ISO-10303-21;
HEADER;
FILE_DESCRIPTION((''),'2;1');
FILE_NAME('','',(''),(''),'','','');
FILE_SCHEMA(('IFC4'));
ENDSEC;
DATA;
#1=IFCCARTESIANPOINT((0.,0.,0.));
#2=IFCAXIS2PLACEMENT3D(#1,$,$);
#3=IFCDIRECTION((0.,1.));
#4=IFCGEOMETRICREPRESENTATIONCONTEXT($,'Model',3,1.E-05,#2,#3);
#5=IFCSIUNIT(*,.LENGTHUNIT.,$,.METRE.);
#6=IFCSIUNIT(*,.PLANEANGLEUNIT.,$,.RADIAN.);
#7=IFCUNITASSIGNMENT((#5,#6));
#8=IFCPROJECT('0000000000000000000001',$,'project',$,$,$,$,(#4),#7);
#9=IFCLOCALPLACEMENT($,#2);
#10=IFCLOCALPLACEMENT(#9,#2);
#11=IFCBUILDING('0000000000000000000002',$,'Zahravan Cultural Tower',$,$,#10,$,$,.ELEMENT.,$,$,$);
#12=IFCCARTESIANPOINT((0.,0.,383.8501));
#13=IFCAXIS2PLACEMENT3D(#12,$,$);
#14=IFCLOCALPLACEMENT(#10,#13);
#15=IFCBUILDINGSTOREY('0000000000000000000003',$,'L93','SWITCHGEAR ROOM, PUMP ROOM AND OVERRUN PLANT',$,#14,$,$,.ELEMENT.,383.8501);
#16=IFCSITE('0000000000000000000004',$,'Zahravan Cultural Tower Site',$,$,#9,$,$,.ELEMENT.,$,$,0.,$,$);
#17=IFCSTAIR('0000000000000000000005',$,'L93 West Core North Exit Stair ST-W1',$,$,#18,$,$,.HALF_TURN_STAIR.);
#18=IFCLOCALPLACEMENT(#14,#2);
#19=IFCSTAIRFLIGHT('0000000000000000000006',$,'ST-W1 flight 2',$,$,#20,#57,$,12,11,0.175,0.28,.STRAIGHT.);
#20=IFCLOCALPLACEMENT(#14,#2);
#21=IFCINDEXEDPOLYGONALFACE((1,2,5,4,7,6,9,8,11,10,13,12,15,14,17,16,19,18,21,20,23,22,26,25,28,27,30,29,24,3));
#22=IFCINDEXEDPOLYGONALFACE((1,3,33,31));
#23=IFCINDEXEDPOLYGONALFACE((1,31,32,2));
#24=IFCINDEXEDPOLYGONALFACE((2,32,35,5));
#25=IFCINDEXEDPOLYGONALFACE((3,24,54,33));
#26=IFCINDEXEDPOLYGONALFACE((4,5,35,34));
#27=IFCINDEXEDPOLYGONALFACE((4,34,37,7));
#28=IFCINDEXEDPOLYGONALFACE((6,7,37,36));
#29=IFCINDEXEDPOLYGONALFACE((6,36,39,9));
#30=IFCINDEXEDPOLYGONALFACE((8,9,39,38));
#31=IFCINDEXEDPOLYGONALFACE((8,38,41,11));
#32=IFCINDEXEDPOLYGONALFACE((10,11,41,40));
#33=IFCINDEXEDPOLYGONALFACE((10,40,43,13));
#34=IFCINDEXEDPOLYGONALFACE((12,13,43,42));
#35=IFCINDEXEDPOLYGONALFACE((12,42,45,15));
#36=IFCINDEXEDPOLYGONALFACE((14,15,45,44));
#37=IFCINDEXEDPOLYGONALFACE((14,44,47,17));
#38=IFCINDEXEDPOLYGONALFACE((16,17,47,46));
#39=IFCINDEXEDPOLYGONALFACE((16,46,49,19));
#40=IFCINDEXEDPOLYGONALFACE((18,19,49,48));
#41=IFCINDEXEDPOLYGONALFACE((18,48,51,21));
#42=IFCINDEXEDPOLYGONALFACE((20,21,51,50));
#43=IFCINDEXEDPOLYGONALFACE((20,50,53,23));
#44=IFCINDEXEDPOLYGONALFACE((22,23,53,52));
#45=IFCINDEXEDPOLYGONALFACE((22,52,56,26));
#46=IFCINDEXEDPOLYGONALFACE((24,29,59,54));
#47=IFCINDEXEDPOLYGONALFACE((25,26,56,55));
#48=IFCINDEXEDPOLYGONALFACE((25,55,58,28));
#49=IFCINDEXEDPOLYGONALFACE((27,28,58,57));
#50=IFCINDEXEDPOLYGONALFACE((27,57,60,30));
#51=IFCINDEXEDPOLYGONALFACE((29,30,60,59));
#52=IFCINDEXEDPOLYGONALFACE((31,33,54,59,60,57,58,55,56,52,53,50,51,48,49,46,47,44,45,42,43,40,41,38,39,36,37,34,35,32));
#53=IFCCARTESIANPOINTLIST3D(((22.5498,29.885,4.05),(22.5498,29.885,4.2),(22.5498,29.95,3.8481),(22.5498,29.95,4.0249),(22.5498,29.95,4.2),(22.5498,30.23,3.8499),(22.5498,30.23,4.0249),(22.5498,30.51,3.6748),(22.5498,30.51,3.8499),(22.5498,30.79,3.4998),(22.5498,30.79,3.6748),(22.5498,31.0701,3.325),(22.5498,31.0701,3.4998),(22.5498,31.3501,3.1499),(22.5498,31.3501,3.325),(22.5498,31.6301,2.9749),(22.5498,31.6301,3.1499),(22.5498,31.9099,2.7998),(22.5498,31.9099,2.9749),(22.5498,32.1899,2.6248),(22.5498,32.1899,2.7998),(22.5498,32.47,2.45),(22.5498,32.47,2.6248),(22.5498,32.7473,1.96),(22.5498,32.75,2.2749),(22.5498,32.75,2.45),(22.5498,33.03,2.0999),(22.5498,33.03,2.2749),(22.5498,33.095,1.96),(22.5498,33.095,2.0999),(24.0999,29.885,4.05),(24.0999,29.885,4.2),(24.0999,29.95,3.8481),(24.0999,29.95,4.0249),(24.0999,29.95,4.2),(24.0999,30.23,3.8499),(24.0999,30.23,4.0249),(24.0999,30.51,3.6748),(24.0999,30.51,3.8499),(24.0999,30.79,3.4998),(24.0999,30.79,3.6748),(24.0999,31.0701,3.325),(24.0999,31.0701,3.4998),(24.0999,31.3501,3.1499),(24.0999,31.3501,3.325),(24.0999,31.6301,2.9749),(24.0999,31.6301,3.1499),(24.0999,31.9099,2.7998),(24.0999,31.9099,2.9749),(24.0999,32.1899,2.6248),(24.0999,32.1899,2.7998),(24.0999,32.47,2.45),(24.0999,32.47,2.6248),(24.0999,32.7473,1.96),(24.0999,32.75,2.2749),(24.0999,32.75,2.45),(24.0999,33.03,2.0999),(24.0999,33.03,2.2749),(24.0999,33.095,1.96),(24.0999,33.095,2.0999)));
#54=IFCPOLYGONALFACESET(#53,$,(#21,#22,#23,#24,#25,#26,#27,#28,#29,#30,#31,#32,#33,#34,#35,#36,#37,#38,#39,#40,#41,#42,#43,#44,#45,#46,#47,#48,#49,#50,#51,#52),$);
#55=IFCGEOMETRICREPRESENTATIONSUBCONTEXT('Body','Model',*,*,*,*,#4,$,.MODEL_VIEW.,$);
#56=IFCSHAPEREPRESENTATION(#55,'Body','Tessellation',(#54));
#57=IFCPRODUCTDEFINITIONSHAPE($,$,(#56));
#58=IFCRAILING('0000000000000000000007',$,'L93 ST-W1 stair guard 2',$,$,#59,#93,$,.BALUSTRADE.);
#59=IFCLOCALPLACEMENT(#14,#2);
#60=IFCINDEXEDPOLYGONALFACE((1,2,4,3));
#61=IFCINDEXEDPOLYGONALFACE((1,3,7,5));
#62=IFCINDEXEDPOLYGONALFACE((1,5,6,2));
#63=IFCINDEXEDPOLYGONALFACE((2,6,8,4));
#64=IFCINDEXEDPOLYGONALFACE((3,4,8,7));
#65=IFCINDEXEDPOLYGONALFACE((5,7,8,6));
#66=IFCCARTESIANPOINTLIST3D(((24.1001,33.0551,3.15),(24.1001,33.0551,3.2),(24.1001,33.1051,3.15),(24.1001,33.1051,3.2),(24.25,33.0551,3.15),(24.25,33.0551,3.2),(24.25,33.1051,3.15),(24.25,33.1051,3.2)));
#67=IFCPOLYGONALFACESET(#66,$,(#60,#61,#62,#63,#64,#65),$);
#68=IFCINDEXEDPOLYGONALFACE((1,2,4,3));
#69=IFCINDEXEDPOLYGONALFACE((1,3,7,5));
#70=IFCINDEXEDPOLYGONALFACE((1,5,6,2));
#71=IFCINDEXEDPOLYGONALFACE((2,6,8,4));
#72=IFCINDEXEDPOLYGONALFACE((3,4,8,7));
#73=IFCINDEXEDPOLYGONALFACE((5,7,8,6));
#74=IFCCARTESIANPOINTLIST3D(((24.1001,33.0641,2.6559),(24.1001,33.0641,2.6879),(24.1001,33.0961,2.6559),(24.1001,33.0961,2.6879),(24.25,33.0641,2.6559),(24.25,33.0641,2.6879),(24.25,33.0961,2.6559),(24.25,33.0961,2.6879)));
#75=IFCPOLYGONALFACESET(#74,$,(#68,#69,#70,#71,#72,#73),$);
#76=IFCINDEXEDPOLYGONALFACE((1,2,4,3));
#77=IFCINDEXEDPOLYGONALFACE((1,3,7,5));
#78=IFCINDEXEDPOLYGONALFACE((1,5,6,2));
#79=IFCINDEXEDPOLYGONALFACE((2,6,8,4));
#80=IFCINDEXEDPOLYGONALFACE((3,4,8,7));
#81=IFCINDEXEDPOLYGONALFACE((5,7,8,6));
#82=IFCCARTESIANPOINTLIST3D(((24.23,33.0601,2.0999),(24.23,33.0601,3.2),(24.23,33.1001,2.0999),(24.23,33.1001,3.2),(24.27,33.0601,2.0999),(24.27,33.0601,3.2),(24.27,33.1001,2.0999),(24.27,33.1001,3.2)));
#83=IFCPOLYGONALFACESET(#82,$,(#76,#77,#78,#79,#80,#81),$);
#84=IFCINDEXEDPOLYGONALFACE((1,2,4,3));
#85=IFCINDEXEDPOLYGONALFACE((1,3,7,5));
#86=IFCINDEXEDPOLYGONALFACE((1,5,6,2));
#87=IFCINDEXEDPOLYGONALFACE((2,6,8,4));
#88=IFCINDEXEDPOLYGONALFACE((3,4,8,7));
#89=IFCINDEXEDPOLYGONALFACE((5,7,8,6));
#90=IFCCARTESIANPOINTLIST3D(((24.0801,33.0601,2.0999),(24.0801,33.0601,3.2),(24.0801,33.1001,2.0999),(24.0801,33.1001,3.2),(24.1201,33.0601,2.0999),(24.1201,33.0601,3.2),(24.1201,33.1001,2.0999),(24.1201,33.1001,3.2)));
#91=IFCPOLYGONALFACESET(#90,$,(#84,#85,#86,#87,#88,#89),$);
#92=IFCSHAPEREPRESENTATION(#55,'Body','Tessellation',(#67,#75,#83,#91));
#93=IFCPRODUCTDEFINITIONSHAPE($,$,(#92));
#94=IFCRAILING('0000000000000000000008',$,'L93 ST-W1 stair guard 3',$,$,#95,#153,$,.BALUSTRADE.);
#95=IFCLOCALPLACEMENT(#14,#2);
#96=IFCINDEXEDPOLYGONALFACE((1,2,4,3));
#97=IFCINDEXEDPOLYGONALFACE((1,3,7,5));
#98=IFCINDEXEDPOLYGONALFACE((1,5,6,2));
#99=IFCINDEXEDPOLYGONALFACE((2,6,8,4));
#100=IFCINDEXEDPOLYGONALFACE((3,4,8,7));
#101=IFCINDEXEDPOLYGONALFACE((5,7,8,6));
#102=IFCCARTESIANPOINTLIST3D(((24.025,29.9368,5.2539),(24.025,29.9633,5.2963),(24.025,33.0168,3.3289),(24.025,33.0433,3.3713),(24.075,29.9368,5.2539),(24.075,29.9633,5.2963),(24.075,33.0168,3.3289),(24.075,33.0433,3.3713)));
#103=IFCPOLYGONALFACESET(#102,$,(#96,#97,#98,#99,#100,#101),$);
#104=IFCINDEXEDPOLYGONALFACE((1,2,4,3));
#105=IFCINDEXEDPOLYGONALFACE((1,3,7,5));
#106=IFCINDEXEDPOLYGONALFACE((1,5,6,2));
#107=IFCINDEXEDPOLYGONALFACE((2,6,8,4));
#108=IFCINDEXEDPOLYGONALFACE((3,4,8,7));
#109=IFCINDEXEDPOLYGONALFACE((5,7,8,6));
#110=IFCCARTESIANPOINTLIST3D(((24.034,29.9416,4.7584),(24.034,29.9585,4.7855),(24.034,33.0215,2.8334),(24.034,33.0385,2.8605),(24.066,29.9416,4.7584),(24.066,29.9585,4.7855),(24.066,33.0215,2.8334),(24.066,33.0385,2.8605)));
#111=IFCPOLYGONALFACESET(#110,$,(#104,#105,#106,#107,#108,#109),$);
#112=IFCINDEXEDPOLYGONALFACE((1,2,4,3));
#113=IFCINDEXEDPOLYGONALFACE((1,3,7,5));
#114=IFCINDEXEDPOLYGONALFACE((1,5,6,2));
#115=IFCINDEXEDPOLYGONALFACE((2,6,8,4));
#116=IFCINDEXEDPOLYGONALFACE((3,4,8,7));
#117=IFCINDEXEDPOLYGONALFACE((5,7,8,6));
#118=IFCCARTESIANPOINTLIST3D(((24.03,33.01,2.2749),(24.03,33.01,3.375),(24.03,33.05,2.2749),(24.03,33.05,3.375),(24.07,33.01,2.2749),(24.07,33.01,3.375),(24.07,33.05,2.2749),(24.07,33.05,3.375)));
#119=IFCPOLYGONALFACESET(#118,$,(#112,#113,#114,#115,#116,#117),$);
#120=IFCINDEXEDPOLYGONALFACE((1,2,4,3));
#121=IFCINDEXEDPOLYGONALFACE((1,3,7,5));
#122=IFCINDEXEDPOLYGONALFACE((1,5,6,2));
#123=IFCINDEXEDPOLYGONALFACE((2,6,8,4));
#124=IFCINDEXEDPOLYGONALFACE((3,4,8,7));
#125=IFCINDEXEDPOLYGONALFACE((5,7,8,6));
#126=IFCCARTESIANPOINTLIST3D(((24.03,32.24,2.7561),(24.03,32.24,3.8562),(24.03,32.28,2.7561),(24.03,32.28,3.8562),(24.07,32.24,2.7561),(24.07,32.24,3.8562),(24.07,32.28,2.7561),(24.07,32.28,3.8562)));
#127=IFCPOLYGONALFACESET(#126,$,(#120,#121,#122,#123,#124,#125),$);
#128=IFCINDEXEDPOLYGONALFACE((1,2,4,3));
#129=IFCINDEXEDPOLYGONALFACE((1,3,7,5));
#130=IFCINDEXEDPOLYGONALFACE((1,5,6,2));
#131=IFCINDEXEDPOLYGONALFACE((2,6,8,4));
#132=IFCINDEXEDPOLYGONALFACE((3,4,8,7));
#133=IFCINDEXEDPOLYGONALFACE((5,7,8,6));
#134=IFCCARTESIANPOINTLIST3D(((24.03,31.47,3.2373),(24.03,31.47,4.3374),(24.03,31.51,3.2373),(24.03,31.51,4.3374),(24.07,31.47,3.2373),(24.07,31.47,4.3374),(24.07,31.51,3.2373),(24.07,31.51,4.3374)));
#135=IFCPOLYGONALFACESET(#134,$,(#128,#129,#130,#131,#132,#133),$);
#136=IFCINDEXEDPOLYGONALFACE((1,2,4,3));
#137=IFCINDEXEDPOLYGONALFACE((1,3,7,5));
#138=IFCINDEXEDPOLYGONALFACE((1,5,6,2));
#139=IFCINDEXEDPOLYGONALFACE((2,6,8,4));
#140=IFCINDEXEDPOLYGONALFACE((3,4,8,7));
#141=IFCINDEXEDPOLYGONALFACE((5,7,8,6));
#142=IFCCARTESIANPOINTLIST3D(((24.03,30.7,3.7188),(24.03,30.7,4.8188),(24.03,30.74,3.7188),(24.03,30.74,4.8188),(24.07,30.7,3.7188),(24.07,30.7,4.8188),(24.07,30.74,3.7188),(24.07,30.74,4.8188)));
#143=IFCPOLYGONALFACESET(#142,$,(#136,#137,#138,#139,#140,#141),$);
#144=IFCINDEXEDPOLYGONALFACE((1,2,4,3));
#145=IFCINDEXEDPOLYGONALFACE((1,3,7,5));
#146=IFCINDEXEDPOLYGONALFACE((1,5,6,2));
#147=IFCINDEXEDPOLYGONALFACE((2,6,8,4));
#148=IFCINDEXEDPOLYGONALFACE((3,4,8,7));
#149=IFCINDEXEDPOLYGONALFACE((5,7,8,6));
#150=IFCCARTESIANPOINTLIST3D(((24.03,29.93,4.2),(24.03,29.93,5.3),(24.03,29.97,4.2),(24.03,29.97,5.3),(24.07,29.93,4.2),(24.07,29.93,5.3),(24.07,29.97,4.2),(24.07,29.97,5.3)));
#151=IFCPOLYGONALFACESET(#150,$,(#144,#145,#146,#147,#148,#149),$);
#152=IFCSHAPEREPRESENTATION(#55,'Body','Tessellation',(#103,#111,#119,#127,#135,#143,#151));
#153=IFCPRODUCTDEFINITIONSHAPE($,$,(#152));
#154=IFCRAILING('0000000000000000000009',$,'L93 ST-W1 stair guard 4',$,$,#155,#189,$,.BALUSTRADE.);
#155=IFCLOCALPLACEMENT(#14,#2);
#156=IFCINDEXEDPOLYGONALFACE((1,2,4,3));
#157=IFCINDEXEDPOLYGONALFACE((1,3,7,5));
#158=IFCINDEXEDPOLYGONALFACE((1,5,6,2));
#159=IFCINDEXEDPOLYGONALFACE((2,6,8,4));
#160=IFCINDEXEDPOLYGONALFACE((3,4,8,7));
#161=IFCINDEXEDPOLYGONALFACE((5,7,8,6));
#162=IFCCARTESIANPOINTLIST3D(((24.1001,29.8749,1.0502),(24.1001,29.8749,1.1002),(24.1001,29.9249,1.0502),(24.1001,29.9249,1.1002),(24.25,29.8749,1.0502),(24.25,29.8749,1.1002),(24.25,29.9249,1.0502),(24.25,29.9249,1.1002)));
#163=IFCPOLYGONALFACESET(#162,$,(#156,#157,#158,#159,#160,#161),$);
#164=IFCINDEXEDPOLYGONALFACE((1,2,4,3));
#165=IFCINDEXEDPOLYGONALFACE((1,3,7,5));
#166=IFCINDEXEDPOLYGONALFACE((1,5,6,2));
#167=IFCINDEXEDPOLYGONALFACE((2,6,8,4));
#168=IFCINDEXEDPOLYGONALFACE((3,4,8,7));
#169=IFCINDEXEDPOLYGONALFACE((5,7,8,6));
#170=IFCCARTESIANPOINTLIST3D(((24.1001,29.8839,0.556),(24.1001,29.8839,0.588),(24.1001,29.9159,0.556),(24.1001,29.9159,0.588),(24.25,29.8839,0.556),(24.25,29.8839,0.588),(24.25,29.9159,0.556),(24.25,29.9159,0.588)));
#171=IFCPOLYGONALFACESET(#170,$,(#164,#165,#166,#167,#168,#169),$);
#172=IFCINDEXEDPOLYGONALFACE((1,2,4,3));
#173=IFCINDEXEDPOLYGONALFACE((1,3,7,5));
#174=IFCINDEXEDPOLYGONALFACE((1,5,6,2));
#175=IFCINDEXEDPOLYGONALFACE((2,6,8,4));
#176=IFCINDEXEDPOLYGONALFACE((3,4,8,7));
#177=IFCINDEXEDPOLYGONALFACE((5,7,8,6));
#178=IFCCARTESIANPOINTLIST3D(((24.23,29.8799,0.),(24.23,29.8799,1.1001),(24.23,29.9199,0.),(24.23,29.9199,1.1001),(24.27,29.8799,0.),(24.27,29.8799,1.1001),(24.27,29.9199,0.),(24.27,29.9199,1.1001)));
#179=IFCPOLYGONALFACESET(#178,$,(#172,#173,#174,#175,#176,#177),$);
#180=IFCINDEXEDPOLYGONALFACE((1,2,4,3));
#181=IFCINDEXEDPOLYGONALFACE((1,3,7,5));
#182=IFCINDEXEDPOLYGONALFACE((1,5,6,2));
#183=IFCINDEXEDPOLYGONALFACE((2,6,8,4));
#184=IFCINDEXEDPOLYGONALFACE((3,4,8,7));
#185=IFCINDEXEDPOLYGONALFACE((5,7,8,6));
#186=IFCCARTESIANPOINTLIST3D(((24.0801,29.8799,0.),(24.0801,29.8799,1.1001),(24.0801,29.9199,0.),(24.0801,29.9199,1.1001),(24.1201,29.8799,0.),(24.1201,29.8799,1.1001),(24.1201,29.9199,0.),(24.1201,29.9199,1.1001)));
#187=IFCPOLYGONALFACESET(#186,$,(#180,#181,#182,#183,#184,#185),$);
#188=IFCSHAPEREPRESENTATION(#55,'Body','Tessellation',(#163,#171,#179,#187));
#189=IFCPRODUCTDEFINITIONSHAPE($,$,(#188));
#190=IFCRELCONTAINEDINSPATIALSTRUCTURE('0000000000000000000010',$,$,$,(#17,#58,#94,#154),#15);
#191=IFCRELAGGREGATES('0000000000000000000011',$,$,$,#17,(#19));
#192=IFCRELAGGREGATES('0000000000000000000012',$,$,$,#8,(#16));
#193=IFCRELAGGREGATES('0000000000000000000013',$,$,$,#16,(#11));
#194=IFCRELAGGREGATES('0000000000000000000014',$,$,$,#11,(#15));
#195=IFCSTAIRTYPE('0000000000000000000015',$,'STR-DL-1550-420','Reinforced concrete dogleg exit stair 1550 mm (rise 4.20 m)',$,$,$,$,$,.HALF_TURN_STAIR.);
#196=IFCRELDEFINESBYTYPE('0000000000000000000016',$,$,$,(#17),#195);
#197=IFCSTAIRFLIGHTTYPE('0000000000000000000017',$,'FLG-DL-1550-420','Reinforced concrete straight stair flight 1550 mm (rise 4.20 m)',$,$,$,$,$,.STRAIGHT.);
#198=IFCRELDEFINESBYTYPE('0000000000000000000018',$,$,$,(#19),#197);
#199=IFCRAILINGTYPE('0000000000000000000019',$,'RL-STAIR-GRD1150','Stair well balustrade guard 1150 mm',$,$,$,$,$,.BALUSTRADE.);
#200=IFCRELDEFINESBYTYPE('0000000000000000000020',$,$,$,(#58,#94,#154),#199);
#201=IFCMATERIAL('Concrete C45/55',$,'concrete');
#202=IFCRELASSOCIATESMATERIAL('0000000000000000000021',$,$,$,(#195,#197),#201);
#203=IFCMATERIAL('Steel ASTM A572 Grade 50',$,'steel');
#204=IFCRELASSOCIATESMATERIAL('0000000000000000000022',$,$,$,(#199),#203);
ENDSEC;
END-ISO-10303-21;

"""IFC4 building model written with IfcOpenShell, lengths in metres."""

from ifc_helpers import new_model, si_unit, direction, frame, origin, origin_2d, place, context, subcontext, project, spatial, polyline, rectangle, outline, extrude, material, type_object, element, aggregate, save


model = new_model("IFC4")

# Units and contexts
model_context = context("Model", 3, precision=1e-05, world=origin(), true_north=direction((0.0, 1.0)))
body_context = subcontext(model_context, "Body", "Model", "MODEL_VIEW")
ifc_project = project(units=[si_unit("LENGTHUNIT", "METRE"), si_unit("PLANEANGLEUNIT", "RADIAN")], contexts=[model_context])

# Site, building, storey
site_placement = place(None, origin())
site = spatial("IfcSite", under=ifc_project, at=site_placement, Name="Zahravan Cultural Tower Site", CompositionType="ELEMENT", RefElevation=0.0)
building_placement = place(site_placement, origin())
building = spatial("IfcBuilding", under=site, at=building_placement, Name="Zahravan Cultural Tower", CompositionType="ELEMENT")
storey_placement = place(building_placement, frame((0.0, 0.0, 383.8501)))
storey = spatial("IfcBuildingStorey", under=building, at=storey_placement, Name="L93", Description="SWITCHGEAR ROOM, PUMP ROOM AND OVERRUN PLANT", CompositionType="ELEMENT", Elevation=383.8501)

# Shared definitions
ifc_material_1 = material(Name="Concrete C45/55", Category="concrete")

# Stair, stair flight
stair_type = type_object("IfcStairType", Name="STR-DL-1550-420", Description="Reinforced concrete dogleg exit stair 1550 mm (rise 4.20 m)", PredefinedType="HALF_TURN_STAIR", material=ifc_material_1)
stair_placement = place(storey_placement, origin())
stair = element("IfcStair", 1, at=stair_placement, inside=storey, type_object=stair_type, Name="L93 West Core North Exit Stair ST-W1", PredefinedType="HALF_TURN_STAIR")
stair_flight_type = type_object("IfcStairFlightType", Name="FLG-DL-1550-420", Description="Reinforced concrete straight stair flight 1550 mm (rise 4.20 m)", PredefinedType="STRAIGHT", material=ifc_material_1)
stair_flight_placement = place(storey_placement, frame((23.325, 33.03, 2.0999), z_axis=(0.0, 0.0, 1.0), x_axis=(0.0, -1.0, 0.0)))
stair_flight = element("IfcStairFlight", 2, at=stair_flight_placement, type_object=stair_flight_type, Name="ST-W1 flight 2", NumberOfRisers=12, NumberOfTreads=11, PredefinedType="STRAIGHT", RiserHeight=0.175, TreadLength=0.28, context=body_context, shape_type="SweptSolid", body=[
    extrude(outline(polyline([(-0.0649, -0.1399), (-0.0649, 0.0), (0.0, 0.0), (0.0, 0.175), (0.28, 0.175), (0.28, 0.3501), (0.5601, 0.3501), (0.5601, 0.5249), (0.8401, 0.5249), (0.8401, 0.7), (1.1201, 0.7), (1.1201, 0.875), (1.3999, 0.875), (1.3999, 1.05), (1.6799, 1.05), (1.6799, 1.2251), (1.96, 1.2251), (1.96, 1.3999), (2.24, 1.3999), (2.24, 1.575), (2.52, 1.575), (2.52, 1.75), (2.8, 1.75), (2.8, 1.925), (3.0801, 1.925), (3.0801, 2.1001), (3.145, 2.1001), (3.145, 1.9502), (3.0801, 1.7483), (0.2827, -0.1399), (-0.0649, -0.1399)])), frame((0.0, 0.7749, 0.0), z_axis=(0.0, -1.0, 0.0), x_axis=(1.0, 0.0, 0.0)), (0.0, 0.0, 1.0), 1.55),
])
aggregate(stair, [stair_flight])

# Railings
ifc_material_2 = material(Name="Steel ASTM A572 Grade 50", Category="steel")
railing_type_1 = type_object("IfcRailingType", Name="RL-STAIR-GRD1150", Description="Stair well balustrade guard 1150 mm", PredefinedType="BALUSTRADE", material=ifc_material_2)
railing_1_placement = place(storey_placement, frame((24.25, 33.0801, 2.0999)))
element("IfcRailing", 3, at=railing_1_placement, inside=storey, type_object=railing_type_1, Name="L93 ST-W1 stair guard 2", PredefinedType="BALUSTRADE", context=body_context, shape_type="SweptSolid", body=[
    extrude(rectangle(XDim=0.05, YDim=0.05, at=origin_2d()), frame((0.0, 0.0, 1.0752), z_axis=(-1.0, 0.0, 0.0), x_axis=(0.0, -1.0, 0.0)), (0.0, 0.0, 1.0), 0.1499),
    extrude(rectangle(XDim=0.032, YDim=0.032, at=origin_2d()), frame((0.0, 0.0, 0.572), z_axis=(-1.0, 0.0, 0.0), x_axis=(0.0, -1.0, 0.0)), (0.0, 0.0, 1.0), 0.1499),
    extrude(rectangle(XDim=0.04, YDim=0.04, at=origin_2d()), origin(), (0.0, 0.0, 1.0), 1.1001),
    extrude(rectangle(XDim=0.04, YDim=0.04, at=origin_2d()), frame((-0.1499, 0.0, 0.0)), (0.0, 0.0, 1.0), 1.1001),
])
railing_2_placement = place(storey_placement, frame((24.05, 33.03, 2.2749)))
element("IfcRailing", 4, at=railing_2_placement, inside=storey, type_object=railing_type_1, Name="L93 ST-W1 stair guard 3", PredefinedType="BALUSTRADE", context=body_context, shape_type="SweptSolid", body=[
    extrude(rectangle(XDim=0.05, YDim=0.05, at=origin_2d()), frame((0.0, 0.0, 1.0752), z_axis=(0.0, -0.847998, 0.529999), x_axis=(1.0, 0.0, 0.0)), (0.0, 0.0, 1.0), 3.6321),
    extrude(rectangle(XDim=0.032, YDim=0.032, at=origin_2d()), frame((0.0, 0.0, 0.572), z_axis=(0.0, -0.847998, 0.529999), x_axis=(1.0, 0.0, 0.0)), (0.0, 0.0, 1.0), 3.6321),
    extrude(rectangle(XDim=0.04, YDim=0.04, at=origin_2d()), origin(), (0.0, 0.0, 1.0), 1.1001),
    extrude(rectangle(XDim=0.04, YDim=0.04, at=origin_2d()), frame((0.0, -0.77, 0.4812)), (0.0, 0.0, 1.0), 1.1001),
    extrude(rectangle(XDim=0.04, YDim=0.04, at=origin_2d()), frame((0.0, -1.54, 0.9624)), (0.0, 0.0, 1.0), 1.1001),
    extrude(rectangle(XDim=0.04, YDim=0.04, at=origin_2d()), frame((0.0, -2.3101, 1.4438)), (0.0, 0.0, 1.0), 1.1001),
    extrude(rectangle(XDim=0.04, YDim=0.04, at=origin_2d()), frame((0.0, -3.0801, 1.925)), (0.0, 0.0, 1.0), 1.1001),
])
railing_3_placement = place(storey_placement, frame((24.25, 29.8999, 0.0)))
element("IfcRailing", 5, at=railing_3_placement, inside=storey, type_object=railing_type_1, Name="L93 ST-W1 stair guard 4", PredefinedType="BALUSTRADE", context=body_context, shape_type="SweptSolid", body=[
    extrude(rectangle(XDim=0.05, YDim=0.05, at=origin_2d()), frame((0.0, 0.0, 1.0752), z_axis=(-1.0, 0.0, 0.0), x_axis=(0.0, -1.0, 0.0)), (0.0, 0.0, 1.0), 0.1499),
    extrude(rectangle(XDim=0.032, YDim=0.032, at=origin_2d()), frame((0.0, 0.0, 0.572), z_axis=(-1.0, 0.0, 0.0), x_axis=(0.0, -1.0, 0.0)), (0.0, 0.0, 1.0), 0.1499),
    extrude(rectangle(XDim=0.04, YDim=0.04, at=origin_2d()), origin(), (0.0, 0.0, 1.0), 1.1001),
    extrude(rectangle(XDim=0.04, YDim=0.04, at=origin_2d()), frame((-0.1499, 0.0, 0.0)), (0.0, 0.0, 1.0), 1.1001),
])

save(model, "model.ifc")
